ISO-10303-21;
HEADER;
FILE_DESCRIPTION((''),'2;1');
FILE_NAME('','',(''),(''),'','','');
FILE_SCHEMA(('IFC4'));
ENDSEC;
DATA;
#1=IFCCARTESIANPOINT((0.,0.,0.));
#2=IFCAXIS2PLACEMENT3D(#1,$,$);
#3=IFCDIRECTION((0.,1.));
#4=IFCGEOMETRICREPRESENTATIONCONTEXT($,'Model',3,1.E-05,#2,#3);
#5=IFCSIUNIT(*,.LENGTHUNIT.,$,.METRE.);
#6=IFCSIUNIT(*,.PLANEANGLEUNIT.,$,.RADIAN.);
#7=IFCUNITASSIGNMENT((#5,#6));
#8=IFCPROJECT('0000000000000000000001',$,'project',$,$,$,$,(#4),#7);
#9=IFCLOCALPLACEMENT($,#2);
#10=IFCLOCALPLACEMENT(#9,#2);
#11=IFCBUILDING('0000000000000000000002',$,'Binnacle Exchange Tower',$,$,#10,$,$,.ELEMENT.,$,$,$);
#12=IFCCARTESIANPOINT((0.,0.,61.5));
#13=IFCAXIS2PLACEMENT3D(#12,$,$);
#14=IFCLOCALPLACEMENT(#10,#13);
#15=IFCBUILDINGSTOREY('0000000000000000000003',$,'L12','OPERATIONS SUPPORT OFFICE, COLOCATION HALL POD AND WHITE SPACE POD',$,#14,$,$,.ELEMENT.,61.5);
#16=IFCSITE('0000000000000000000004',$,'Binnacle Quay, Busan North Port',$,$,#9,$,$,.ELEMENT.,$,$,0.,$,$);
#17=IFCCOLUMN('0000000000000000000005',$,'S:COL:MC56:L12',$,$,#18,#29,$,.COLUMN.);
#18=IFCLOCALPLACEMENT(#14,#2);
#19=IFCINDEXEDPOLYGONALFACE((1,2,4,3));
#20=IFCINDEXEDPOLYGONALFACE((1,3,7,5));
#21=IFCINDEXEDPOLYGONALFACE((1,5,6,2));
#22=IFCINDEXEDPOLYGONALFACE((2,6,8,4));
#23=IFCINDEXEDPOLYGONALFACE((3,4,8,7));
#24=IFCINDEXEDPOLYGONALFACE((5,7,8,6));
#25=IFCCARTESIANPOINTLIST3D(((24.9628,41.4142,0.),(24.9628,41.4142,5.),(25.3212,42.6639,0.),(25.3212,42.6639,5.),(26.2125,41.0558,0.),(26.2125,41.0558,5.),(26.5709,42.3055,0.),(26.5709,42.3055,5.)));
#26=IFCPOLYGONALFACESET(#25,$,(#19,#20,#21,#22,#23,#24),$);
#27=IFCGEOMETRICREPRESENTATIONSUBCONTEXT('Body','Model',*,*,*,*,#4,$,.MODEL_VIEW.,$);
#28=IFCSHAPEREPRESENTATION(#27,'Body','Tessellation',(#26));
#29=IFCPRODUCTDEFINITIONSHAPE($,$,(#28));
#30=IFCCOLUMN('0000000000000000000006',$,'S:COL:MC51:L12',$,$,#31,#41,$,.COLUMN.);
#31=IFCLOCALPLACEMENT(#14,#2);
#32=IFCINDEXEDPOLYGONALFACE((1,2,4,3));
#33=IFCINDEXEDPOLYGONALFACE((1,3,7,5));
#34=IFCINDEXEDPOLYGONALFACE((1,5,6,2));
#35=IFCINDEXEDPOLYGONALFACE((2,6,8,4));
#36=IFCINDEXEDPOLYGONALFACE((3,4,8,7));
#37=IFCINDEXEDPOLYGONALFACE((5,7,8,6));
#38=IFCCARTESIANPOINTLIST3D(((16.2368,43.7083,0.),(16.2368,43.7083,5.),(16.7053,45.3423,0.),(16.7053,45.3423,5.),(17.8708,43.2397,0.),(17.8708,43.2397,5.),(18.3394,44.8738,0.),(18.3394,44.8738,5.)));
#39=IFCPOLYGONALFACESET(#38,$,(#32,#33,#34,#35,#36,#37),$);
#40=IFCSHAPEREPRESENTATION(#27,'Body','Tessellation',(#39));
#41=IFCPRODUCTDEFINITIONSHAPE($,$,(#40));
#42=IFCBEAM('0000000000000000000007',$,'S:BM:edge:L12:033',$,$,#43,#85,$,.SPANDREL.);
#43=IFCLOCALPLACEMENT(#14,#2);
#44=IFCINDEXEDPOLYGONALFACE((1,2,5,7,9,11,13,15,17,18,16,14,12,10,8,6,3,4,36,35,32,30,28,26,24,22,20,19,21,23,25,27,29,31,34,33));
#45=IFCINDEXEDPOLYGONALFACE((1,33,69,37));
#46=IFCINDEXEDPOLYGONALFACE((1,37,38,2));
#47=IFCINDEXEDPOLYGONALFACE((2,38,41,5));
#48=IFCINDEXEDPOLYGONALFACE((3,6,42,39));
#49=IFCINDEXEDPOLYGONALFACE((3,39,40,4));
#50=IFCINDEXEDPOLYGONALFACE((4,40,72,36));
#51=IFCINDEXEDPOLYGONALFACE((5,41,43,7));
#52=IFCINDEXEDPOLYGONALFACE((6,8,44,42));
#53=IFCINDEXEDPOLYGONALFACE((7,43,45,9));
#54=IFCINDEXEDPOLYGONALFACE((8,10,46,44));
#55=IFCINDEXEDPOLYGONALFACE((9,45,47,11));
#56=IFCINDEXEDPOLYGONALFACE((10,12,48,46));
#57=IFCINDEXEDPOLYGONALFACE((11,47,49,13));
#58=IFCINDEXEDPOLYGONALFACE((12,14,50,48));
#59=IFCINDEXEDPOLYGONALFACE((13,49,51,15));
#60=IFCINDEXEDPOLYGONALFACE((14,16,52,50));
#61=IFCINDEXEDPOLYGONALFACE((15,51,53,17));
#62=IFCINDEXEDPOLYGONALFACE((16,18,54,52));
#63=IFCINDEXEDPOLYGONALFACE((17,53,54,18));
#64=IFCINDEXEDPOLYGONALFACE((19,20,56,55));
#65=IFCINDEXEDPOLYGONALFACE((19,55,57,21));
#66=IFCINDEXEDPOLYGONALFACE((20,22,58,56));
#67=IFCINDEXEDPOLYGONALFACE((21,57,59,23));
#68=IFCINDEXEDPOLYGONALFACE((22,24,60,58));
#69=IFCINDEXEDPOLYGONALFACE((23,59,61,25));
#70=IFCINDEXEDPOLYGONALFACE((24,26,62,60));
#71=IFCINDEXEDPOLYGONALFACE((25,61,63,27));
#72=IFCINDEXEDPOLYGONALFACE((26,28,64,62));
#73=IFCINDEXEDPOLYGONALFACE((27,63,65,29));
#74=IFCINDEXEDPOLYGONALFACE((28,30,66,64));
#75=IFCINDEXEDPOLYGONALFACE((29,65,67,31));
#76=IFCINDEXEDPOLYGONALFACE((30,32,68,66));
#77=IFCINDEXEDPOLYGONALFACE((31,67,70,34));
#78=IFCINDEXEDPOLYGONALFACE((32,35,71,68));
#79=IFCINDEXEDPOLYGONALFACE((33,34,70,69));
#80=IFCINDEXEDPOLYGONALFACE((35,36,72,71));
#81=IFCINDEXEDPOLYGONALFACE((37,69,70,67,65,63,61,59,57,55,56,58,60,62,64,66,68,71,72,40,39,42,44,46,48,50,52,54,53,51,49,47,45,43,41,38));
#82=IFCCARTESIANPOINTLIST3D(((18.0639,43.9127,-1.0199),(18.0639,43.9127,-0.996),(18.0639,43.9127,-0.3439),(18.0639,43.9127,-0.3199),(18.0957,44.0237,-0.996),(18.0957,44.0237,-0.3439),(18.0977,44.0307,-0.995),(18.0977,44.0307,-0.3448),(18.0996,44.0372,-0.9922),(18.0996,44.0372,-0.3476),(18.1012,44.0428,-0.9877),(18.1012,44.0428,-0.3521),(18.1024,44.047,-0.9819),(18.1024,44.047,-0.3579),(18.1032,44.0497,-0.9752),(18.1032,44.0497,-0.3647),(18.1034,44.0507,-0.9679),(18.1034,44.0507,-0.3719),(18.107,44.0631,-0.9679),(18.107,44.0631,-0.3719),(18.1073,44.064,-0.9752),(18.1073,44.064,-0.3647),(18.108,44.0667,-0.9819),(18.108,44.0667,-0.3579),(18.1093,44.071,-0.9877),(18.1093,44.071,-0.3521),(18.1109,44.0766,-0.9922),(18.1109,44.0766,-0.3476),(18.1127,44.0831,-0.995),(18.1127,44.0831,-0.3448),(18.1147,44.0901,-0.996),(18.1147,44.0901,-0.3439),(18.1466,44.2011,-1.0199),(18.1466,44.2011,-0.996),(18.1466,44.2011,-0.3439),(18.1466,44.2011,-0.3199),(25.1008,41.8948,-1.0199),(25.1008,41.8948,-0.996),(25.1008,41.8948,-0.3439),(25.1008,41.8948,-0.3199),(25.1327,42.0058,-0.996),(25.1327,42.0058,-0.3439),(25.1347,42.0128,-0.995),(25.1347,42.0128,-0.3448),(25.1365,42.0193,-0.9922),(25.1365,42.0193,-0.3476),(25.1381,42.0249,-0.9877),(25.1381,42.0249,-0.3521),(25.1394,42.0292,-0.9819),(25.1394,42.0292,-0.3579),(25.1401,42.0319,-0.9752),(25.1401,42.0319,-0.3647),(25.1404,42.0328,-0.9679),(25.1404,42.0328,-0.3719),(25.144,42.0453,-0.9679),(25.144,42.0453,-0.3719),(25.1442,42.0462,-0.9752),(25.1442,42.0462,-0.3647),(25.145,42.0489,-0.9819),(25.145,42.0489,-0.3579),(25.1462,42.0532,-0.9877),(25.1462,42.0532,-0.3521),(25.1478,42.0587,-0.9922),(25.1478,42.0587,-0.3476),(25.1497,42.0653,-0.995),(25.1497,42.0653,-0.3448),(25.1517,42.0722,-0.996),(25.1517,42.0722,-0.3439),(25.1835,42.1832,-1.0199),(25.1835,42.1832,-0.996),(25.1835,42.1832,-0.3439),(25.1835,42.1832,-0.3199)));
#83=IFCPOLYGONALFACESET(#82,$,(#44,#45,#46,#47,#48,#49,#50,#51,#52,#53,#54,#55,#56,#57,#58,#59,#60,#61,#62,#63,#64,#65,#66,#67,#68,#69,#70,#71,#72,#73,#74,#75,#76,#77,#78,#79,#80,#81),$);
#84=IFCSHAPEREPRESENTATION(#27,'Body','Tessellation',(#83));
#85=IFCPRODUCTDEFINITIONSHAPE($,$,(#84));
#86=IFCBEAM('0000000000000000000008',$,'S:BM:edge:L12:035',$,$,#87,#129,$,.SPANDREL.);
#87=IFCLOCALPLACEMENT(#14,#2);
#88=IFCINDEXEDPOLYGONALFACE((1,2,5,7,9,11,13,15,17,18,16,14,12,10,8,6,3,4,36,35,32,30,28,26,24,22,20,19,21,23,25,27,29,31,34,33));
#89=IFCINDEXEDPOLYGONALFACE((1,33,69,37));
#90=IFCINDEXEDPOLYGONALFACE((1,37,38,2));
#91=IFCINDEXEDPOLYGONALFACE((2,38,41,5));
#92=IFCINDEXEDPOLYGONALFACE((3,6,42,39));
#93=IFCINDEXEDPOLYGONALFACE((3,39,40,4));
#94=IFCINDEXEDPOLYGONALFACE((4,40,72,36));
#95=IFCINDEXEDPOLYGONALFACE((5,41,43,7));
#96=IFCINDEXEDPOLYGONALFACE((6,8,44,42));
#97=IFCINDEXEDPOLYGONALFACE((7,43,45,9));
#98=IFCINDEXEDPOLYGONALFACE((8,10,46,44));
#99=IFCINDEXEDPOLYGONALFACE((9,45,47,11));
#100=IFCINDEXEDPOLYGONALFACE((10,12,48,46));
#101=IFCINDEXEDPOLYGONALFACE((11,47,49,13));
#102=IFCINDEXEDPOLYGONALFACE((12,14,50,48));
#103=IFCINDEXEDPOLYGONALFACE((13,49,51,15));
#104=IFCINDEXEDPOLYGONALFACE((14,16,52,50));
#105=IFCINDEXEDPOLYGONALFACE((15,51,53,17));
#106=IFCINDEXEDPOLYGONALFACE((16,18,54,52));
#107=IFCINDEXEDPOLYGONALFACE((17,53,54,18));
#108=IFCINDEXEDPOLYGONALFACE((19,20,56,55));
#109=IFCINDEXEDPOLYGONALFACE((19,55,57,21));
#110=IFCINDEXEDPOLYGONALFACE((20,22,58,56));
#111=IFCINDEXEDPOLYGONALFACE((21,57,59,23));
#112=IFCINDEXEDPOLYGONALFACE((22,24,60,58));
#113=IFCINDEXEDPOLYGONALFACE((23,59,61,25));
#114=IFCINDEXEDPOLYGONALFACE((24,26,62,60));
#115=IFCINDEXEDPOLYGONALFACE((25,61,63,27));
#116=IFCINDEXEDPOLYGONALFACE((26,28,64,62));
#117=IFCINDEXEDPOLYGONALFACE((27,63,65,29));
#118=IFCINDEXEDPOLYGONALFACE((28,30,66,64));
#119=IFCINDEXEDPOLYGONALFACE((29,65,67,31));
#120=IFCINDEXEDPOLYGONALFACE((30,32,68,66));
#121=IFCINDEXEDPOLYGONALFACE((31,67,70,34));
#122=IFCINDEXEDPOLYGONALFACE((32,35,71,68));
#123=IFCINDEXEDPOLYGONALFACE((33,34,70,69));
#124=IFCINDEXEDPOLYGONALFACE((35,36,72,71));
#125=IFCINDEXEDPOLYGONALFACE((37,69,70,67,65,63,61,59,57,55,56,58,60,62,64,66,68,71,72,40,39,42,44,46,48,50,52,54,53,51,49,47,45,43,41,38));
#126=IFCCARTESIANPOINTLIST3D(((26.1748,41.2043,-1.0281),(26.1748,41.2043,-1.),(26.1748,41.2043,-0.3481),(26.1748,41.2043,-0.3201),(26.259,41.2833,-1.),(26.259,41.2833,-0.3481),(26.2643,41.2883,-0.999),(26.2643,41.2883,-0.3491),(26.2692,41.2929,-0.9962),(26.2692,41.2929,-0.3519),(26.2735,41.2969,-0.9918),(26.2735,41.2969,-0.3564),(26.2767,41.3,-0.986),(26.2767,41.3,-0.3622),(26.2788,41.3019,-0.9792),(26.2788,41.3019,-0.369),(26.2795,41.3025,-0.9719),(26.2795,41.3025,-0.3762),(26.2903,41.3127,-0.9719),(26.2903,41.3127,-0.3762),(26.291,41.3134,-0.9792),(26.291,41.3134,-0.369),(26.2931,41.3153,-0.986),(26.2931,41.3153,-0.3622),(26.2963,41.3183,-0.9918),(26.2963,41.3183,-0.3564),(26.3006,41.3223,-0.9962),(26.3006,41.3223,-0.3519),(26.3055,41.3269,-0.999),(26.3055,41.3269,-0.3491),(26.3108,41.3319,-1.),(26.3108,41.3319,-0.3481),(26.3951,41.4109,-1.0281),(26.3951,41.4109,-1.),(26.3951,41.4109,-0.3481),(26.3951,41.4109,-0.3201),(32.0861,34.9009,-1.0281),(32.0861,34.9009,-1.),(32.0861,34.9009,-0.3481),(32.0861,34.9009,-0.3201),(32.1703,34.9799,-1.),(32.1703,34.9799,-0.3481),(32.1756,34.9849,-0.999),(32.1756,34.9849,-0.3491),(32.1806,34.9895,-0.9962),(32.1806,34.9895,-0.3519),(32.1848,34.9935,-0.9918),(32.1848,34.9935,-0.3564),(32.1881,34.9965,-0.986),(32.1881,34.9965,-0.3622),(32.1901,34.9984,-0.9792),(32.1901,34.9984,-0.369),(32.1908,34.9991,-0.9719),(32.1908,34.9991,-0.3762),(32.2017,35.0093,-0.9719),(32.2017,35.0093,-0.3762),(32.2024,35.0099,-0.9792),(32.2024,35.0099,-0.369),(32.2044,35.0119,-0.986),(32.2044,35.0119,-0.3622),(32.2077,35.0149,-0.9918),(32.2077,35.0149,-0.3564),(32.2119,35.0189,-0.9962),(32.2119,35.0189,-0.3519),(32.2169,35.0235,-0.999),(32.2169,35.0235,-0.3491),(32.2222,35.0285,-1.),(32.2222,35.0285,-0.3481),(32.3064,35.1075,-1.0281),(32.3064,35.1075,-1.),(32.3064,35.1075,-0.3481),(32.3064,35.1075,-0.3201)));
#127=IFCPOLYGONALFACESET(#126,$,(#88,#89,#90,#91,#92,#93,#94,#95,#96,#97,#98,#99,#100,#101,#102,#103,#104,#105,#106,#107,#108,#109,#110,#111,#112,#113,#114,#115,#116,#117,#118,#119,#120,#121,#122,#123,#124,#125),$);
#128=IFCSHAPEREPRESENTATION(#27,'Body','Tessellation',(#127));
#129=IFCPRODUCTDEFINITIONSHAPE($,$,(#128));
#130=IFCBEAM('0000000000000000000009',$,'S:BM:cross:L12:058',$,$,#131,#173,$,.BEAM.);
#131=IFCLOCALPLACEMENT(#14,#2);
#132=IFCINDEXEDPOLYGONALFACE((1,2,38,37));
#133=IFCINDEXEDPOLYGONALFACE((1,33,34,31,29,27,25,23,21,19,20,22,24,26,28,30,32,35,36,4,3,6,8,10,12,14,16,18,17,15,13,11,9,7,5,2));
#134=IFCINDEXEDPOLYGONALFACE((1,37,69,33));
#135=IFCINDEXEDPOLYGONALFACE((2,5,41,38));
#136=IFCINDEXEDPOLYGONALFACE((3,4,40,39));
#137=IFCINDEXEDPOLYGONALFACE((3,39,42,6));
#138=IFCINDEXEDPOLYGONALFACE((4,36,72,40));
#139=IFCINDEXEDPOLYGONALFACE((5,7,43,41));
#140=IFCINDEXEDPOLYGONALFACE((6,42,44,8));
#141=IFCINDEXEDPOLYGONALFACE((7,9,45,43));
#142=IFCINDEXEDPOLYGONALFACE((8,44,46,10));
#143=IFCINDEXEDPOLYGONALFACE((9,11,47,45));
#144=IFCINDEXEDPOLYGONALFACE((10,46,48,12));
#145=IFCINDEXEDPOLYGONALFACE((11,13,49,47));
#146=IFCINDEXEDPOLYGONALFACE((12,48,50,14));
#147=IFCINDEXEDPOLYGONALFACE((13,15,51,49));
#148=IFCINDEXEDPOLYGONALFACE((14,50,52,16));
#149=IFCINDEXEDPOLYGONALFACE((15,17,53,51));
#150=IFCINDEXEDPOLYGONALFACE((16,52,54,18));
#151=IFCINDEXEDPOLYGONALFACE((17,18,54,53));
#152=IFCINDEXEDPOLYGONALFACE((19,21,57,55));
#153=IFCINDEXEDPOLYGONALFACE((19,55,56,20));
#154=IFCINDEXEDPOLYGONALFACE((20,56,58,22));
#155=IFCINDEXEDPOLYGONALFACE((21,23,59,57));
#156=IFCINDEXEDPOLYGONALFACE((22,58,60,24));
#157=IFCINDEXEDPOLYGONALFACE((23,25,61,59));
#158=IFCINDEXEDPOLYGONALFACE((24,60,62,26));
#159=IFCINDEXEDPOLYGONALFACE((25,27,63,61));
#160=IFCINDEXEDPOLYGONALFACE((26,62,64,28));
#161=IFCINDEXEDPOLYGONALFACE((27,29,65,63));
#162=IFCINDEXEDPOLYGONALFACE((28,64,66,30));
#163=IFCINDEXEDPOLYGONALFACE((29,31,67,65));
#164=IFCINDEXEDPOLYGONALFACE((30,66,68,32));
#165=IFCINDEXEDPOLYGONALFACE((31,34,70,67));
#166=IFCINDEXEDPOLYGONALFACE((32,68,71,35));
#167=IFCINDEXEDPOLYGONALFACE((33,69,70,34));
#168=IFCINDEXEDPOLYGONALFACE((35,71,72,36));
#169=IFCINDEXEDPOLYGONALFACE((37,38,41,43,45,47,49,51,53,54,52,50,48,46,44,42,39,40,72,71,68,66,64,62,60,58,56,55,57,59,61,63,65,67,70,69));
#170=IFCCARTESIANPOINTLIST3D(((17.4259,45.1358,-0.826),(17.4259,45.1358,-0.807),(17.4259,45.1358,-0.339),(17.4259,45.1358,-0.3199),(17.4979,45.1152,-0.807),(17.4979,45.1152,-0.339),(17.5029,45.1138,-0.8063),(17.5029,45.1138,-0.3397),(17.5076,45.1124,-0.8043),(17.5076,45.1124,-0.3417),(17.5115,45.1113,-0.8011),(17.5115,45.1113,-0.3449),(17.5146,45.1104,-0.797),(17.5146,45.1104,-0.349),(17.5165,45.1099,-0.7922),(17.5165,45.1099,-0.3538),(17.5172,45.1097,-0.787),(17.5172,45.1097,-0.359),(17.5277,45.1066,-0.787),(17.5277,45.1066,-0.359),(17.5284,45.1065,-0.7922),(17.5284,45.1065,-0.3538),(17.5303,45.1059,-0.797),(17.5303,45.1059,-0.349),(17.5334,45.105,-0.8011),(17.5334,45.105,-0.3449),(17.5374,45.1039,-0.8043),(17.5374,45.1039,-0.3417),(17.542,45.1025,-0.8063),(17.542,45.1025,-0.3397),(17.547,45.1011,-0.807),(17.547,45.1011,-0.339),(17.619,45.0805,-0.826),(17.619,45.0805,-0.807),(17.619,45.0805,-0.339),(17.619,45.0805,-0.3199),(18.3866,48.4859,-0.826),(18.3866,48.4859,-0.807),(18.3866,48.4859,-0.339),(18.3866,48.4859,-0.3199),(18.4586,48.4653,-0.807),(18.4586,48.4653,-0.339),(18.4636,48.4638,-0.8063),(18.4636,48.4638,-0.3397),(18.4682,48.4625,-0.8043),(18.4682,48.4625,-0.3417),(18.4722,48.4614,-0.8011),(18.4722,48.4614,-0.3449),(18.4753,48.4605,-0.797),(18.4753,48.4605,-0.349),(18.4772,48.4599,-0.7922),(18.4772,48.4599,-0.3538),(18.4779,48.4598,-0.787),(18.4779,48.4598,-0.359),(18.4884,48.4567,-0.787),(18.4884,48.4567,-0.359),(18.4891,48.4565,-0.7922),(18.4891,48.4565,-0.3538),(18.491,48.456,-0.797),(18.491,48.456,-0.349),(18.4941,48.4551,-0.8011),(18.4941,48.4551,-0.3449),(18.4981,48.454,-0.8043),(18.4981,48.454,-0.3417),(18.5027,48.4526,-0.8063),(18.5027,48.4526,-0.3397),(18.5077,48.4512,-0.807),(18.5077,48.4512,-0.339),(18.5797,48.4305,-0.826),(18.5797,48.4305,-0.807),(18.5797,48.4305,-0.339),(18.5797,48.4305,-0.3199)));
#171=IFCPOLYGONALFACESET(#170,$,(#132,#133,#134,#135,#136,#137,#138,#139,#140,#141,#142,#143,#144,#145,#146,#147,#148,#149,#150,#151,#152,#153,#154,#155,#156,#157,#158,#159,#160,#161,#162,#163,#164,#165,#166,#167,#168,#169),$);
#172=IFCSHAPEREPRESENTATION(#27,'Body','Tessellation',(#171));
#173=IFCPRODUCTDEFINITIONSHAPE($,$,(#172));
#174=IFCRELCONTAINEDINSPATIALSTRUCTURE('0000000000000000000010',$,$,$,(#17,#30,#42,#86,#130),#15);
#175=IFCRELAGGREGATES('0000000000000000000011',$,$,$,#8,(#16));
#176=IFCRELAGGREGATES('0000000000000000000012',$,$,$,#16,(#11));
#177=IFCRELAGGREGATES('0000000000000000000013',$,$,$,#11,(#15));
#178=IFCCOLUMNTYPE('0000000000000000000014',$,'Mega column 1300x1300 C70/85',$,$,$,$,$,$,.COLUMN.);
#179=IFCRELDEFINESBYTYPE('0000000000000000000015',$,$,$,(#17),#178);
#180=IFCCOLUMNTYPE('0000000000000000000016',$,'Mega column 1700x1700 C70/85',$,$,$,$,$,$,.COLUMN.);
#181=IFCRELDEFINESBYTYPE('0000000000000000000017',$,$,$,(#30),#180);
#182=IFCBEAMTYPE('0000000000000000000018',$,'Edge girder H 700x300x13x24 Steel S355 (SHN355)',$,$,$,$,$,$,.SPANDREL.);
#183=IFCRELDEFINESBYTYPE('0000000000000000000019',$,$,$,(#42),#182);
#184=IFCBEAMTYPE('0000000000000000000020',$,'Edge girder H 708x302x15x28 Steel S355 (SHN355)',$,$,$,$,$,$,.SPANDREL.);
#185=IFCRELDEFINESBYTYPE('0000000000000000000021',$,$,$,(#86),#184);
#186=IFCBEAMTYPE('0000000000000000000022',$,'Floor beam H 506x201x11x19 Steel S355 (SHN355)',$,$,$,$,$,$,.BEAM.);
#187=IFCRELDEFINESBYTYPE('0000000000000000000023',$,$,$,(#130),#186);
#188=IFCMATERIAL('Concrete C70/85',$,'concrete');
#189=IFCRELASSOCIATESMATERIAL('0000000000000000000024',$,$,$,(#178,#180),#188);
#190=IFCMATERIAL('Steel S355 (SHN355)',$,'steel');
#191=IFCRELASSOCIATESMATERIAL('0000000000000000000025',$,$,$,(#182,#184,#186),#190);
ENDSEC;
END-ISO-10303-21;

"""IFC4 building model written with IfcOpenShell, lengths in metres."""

from ifc_helpers import new_model, si_unit, direction, frame, origin, origin_2d, place, context, subcontext, project, spatial, rectangle, i_section, extrude, material, material_profile, profile_set, type_object, element, save


model = new_model("IFC4")

# Units and contexts
model_context = context("Model", 3, precision=1e-05, world=origin(), true_north=direction((0.0, 1.0)))
body_context = subcontext(model_context, "Body", "Model", "MODEL_VIEW")
ifc_project = project(units=[si_unit("LENGTHUNIT", "METRE"), si_unit("PLANEANGLEUNIT", "RADIAN")], contexts=[model_context])

# Site, building, storey
site_placement = place(None, origin())
site = spatial("IfcSite", under=ifc_project, at=site_placement, Name="Binnacle Quay, Busan North Port", CompositionType="ELEMENT", RefElevation=0.0)
building_placement = place(site_placement, origin())
building = spatial("IfcBuilding", under=site, at=building_placement, Name="Binnacle Exchange Tower", CompositionType="ELEMENT")
storey_placement = place(building_placement, frame((0.0, 0.0, 61.5)))
storey = spatial("IfcBuildingStorey", under=building, at=storey_placement, Name="L12", Description="OPERATIONS SUPPORT OFFICE, COLOCATION HALL POD AND WHITE SPACE POD", CompositionType="ELEMENT", Elevation=61.5)

# Columns
ifc_material_1 = material(Name="Concrete C70/85", Category="concrete")
ifc_material_profile_1 = material_profile(ifc_material_1, rectangle(XDim=1.3, YDim=1.3, at=origin_2d()), Name="Mega column 1300x1300 C70/85")
ifc_profile_set_1 = profile_set([ifc_material_profile_1], Name="Concrete C70/85")
column_type_1 = type_object("IfcColumnType", Name="Mega column 1300x1300 C70/85", PredefinedType="COLUMN", material=ifc_profile_set_1)
column_1_placement = place(storey_placement, frame((25.7668, 41.8599, 0.0), z_axis=(0.0, 0.0, 1.0), x_axis=(0.961262, -0.275637, 0.0)))
element("IfcColumn", 1, at=column_1_placement, inside=storey, type_object=column_type_1, Name="S:COL:MC56:L12", PredefinedType="COLUMN", context=body_context, shape_type="SweptSolid", body=[
    extrude(rectangle(XDim=1.3, YDim=1.3, at=origin_2d()), origin(), (0.0, 0.0, 1.0), 5.0),
])
ifc_material_profile_2 = material_profile(ifc_material_1, rectangle(XDim=1.7, YDim=1.7, at=origin_2d()), Name="Mega column 1700x1700 C70/85")
ifc_profile_set_2 = profile_set([ifc_material_profile_2], Name="Concrete C70/85")
column_type_2 = type_object("IfcColumnType", Name="Mega column 1700x1700 C70/85", PredefinedType="COLUMN", material=ifc_profile_set_2)
column_2_placement = place(storey_placement, frame((17.2881, 44.291, 0.0), z_axis=(0.0, 0.0, 1.0), x_axis=(0.961262, -0.275637, 0.0)))
element("IfcColumn", 2, at=column_2_placement, inside=storey, type_object=column_type_2, Name="S:COL:MC51:L12", PredefinedType="COLUMN", context=body_context, shape_type="SweptSolid", body=[
    extrude(rectangle(XDim=1.7, YDim=1.7, at=origin_2d()), origin(), (0.0, 0.0, 1.0), 5.0),
])

# Beams
ifc_material_2 = material(Name="Steel S355 (SHN355)", Category="steel")
ifc_material_profile_3 = material_profile(ifc_material_2, i_section(OverallWidth=0.3, OverallDepth=0.7, WebThickness=0.0129, FlangeThickness=0.0239, FilletRadius=0.0281, at=origin_2d()), Name="H 700x300x13x24")
ifc_profile_set_3 = profile_set([ifc_material_profile_3], Name="Steel S355 (SHN355)")
beam_type_1 = type_object("IfcBeamType", Name="Edge girder H 700x300x13x24 Steel S355 (SHN355)", PredefinedType="SPANDREL", material=ifc_profile_set_3)
beam_1_placement = place(storey_placement, frame((18.1052, 44.0569, -0.6699), z_axis=(0.96126, -0.275642, 0.0), x_axis=(0.275642, 0.96126, 0.0)))
element("IfcBeam", 3, at=beam_1_placement, inside=storey, type_object=beam_type_1, Name="S:BM:edge:L12:033", PredefinedType="SPANDREL", context=body_context, shape_type="SweptSolid", body=[
    extrude(i_section(OverallWidth=0.3, OverallDepth=0.7, WebThickness=0.0129, FlangeThickness=0.0239, FilletRadius=0.0281, at=origin_2d()), origin(), (0.0, 0.0, 1.0), 7.3206),
])
ifc_material_profile_4 = material_profile(ifc_material_2, i_section(OverallWidth=0.302, OverallDepth=0.708, WebThickness=0.0149, FlangeThickness=0.0281, FilletRadius=0.0281, at=origin_2d()), Name="H 708x302x15x28")
ifc_profile_set_4 = profile_set([ifc_material_profile_4], Name="Steel S355 (SHN355)")
beam_type_2 = type_object("IfcBeamType", Name="Edge girder H 708x302x15x28 Steel S355 (SHN355)", PredefinedType="SPANDREL", material=ifc_profile_set_4)
beam_2_placement = place(storey_placement, frame((26.2849, 41.3076, -0.6741), z_axis=(0.684057, -0.729429, 0.0), x_axis=(0.729429, 0.684057, 0.0)))
element("IfcBeam", 4, at=beam_2_placement, inside=storey, type_object=beam_type_2, Name="S:BM:edge:L12:035", PredefinedType="SPANDREL", context=body_context, shape_type="SweptSolid", body=[
    extrude(i_section(OverallWidth=0.302, OverallDepth=0.708, WebThickness=0.0149, FlangeThickness=0.0281, FilletRadius=0.0281, at=origin_2d()), origin(), (0.0, 0.0, 1.0), 8.6416),
])
ifc_material_profile_5 = material_profile(ifc_material_2, i_section(OverallWidth=0.2009, OverallDepth=0.5061, WebThickness=0.011, FlangeThickness=0.019, FilletRadius=0.02, at=origin_2d()), Name="H 506x201x11x19")
ifc_profile_set_5 = profile_set([ifc_material_profile_5], Name="Steel S355 (SHN355)")
beam_type_3 = type_object("IfcBeamType", Name="Floor beam H 506x201x11x19 Steel S355 (SHN355)", PredefinedType="BEAM", material=ifc_profile_set_5)
beam_3_placement = place(storey_placement, frame((17.5225, 45.1082, -0.573), z_axis=(0.275655, 0.961257, 0.0), x_axis=(-0.961257, 0.275655, 0.0)))
element("IfcBeam", 5, at=beam_3_placement, inside=storey, type_object=beam_type_3, Name="S:BM:cross:L12:058", PredefinedType="BEAM", context=body_context, shape_type="SweptSolid", body=[
    extrude(i_section(OverallWidth=0.2009, OverallDepth=0.5061, WebThickness=0.011, FlangeThickness=0.019, FilletRadius=0.02, at=origin_2d()), origin(), (0.0, 0.0, 1.0), 3.4851),
])

save(model, "model.ifc")
